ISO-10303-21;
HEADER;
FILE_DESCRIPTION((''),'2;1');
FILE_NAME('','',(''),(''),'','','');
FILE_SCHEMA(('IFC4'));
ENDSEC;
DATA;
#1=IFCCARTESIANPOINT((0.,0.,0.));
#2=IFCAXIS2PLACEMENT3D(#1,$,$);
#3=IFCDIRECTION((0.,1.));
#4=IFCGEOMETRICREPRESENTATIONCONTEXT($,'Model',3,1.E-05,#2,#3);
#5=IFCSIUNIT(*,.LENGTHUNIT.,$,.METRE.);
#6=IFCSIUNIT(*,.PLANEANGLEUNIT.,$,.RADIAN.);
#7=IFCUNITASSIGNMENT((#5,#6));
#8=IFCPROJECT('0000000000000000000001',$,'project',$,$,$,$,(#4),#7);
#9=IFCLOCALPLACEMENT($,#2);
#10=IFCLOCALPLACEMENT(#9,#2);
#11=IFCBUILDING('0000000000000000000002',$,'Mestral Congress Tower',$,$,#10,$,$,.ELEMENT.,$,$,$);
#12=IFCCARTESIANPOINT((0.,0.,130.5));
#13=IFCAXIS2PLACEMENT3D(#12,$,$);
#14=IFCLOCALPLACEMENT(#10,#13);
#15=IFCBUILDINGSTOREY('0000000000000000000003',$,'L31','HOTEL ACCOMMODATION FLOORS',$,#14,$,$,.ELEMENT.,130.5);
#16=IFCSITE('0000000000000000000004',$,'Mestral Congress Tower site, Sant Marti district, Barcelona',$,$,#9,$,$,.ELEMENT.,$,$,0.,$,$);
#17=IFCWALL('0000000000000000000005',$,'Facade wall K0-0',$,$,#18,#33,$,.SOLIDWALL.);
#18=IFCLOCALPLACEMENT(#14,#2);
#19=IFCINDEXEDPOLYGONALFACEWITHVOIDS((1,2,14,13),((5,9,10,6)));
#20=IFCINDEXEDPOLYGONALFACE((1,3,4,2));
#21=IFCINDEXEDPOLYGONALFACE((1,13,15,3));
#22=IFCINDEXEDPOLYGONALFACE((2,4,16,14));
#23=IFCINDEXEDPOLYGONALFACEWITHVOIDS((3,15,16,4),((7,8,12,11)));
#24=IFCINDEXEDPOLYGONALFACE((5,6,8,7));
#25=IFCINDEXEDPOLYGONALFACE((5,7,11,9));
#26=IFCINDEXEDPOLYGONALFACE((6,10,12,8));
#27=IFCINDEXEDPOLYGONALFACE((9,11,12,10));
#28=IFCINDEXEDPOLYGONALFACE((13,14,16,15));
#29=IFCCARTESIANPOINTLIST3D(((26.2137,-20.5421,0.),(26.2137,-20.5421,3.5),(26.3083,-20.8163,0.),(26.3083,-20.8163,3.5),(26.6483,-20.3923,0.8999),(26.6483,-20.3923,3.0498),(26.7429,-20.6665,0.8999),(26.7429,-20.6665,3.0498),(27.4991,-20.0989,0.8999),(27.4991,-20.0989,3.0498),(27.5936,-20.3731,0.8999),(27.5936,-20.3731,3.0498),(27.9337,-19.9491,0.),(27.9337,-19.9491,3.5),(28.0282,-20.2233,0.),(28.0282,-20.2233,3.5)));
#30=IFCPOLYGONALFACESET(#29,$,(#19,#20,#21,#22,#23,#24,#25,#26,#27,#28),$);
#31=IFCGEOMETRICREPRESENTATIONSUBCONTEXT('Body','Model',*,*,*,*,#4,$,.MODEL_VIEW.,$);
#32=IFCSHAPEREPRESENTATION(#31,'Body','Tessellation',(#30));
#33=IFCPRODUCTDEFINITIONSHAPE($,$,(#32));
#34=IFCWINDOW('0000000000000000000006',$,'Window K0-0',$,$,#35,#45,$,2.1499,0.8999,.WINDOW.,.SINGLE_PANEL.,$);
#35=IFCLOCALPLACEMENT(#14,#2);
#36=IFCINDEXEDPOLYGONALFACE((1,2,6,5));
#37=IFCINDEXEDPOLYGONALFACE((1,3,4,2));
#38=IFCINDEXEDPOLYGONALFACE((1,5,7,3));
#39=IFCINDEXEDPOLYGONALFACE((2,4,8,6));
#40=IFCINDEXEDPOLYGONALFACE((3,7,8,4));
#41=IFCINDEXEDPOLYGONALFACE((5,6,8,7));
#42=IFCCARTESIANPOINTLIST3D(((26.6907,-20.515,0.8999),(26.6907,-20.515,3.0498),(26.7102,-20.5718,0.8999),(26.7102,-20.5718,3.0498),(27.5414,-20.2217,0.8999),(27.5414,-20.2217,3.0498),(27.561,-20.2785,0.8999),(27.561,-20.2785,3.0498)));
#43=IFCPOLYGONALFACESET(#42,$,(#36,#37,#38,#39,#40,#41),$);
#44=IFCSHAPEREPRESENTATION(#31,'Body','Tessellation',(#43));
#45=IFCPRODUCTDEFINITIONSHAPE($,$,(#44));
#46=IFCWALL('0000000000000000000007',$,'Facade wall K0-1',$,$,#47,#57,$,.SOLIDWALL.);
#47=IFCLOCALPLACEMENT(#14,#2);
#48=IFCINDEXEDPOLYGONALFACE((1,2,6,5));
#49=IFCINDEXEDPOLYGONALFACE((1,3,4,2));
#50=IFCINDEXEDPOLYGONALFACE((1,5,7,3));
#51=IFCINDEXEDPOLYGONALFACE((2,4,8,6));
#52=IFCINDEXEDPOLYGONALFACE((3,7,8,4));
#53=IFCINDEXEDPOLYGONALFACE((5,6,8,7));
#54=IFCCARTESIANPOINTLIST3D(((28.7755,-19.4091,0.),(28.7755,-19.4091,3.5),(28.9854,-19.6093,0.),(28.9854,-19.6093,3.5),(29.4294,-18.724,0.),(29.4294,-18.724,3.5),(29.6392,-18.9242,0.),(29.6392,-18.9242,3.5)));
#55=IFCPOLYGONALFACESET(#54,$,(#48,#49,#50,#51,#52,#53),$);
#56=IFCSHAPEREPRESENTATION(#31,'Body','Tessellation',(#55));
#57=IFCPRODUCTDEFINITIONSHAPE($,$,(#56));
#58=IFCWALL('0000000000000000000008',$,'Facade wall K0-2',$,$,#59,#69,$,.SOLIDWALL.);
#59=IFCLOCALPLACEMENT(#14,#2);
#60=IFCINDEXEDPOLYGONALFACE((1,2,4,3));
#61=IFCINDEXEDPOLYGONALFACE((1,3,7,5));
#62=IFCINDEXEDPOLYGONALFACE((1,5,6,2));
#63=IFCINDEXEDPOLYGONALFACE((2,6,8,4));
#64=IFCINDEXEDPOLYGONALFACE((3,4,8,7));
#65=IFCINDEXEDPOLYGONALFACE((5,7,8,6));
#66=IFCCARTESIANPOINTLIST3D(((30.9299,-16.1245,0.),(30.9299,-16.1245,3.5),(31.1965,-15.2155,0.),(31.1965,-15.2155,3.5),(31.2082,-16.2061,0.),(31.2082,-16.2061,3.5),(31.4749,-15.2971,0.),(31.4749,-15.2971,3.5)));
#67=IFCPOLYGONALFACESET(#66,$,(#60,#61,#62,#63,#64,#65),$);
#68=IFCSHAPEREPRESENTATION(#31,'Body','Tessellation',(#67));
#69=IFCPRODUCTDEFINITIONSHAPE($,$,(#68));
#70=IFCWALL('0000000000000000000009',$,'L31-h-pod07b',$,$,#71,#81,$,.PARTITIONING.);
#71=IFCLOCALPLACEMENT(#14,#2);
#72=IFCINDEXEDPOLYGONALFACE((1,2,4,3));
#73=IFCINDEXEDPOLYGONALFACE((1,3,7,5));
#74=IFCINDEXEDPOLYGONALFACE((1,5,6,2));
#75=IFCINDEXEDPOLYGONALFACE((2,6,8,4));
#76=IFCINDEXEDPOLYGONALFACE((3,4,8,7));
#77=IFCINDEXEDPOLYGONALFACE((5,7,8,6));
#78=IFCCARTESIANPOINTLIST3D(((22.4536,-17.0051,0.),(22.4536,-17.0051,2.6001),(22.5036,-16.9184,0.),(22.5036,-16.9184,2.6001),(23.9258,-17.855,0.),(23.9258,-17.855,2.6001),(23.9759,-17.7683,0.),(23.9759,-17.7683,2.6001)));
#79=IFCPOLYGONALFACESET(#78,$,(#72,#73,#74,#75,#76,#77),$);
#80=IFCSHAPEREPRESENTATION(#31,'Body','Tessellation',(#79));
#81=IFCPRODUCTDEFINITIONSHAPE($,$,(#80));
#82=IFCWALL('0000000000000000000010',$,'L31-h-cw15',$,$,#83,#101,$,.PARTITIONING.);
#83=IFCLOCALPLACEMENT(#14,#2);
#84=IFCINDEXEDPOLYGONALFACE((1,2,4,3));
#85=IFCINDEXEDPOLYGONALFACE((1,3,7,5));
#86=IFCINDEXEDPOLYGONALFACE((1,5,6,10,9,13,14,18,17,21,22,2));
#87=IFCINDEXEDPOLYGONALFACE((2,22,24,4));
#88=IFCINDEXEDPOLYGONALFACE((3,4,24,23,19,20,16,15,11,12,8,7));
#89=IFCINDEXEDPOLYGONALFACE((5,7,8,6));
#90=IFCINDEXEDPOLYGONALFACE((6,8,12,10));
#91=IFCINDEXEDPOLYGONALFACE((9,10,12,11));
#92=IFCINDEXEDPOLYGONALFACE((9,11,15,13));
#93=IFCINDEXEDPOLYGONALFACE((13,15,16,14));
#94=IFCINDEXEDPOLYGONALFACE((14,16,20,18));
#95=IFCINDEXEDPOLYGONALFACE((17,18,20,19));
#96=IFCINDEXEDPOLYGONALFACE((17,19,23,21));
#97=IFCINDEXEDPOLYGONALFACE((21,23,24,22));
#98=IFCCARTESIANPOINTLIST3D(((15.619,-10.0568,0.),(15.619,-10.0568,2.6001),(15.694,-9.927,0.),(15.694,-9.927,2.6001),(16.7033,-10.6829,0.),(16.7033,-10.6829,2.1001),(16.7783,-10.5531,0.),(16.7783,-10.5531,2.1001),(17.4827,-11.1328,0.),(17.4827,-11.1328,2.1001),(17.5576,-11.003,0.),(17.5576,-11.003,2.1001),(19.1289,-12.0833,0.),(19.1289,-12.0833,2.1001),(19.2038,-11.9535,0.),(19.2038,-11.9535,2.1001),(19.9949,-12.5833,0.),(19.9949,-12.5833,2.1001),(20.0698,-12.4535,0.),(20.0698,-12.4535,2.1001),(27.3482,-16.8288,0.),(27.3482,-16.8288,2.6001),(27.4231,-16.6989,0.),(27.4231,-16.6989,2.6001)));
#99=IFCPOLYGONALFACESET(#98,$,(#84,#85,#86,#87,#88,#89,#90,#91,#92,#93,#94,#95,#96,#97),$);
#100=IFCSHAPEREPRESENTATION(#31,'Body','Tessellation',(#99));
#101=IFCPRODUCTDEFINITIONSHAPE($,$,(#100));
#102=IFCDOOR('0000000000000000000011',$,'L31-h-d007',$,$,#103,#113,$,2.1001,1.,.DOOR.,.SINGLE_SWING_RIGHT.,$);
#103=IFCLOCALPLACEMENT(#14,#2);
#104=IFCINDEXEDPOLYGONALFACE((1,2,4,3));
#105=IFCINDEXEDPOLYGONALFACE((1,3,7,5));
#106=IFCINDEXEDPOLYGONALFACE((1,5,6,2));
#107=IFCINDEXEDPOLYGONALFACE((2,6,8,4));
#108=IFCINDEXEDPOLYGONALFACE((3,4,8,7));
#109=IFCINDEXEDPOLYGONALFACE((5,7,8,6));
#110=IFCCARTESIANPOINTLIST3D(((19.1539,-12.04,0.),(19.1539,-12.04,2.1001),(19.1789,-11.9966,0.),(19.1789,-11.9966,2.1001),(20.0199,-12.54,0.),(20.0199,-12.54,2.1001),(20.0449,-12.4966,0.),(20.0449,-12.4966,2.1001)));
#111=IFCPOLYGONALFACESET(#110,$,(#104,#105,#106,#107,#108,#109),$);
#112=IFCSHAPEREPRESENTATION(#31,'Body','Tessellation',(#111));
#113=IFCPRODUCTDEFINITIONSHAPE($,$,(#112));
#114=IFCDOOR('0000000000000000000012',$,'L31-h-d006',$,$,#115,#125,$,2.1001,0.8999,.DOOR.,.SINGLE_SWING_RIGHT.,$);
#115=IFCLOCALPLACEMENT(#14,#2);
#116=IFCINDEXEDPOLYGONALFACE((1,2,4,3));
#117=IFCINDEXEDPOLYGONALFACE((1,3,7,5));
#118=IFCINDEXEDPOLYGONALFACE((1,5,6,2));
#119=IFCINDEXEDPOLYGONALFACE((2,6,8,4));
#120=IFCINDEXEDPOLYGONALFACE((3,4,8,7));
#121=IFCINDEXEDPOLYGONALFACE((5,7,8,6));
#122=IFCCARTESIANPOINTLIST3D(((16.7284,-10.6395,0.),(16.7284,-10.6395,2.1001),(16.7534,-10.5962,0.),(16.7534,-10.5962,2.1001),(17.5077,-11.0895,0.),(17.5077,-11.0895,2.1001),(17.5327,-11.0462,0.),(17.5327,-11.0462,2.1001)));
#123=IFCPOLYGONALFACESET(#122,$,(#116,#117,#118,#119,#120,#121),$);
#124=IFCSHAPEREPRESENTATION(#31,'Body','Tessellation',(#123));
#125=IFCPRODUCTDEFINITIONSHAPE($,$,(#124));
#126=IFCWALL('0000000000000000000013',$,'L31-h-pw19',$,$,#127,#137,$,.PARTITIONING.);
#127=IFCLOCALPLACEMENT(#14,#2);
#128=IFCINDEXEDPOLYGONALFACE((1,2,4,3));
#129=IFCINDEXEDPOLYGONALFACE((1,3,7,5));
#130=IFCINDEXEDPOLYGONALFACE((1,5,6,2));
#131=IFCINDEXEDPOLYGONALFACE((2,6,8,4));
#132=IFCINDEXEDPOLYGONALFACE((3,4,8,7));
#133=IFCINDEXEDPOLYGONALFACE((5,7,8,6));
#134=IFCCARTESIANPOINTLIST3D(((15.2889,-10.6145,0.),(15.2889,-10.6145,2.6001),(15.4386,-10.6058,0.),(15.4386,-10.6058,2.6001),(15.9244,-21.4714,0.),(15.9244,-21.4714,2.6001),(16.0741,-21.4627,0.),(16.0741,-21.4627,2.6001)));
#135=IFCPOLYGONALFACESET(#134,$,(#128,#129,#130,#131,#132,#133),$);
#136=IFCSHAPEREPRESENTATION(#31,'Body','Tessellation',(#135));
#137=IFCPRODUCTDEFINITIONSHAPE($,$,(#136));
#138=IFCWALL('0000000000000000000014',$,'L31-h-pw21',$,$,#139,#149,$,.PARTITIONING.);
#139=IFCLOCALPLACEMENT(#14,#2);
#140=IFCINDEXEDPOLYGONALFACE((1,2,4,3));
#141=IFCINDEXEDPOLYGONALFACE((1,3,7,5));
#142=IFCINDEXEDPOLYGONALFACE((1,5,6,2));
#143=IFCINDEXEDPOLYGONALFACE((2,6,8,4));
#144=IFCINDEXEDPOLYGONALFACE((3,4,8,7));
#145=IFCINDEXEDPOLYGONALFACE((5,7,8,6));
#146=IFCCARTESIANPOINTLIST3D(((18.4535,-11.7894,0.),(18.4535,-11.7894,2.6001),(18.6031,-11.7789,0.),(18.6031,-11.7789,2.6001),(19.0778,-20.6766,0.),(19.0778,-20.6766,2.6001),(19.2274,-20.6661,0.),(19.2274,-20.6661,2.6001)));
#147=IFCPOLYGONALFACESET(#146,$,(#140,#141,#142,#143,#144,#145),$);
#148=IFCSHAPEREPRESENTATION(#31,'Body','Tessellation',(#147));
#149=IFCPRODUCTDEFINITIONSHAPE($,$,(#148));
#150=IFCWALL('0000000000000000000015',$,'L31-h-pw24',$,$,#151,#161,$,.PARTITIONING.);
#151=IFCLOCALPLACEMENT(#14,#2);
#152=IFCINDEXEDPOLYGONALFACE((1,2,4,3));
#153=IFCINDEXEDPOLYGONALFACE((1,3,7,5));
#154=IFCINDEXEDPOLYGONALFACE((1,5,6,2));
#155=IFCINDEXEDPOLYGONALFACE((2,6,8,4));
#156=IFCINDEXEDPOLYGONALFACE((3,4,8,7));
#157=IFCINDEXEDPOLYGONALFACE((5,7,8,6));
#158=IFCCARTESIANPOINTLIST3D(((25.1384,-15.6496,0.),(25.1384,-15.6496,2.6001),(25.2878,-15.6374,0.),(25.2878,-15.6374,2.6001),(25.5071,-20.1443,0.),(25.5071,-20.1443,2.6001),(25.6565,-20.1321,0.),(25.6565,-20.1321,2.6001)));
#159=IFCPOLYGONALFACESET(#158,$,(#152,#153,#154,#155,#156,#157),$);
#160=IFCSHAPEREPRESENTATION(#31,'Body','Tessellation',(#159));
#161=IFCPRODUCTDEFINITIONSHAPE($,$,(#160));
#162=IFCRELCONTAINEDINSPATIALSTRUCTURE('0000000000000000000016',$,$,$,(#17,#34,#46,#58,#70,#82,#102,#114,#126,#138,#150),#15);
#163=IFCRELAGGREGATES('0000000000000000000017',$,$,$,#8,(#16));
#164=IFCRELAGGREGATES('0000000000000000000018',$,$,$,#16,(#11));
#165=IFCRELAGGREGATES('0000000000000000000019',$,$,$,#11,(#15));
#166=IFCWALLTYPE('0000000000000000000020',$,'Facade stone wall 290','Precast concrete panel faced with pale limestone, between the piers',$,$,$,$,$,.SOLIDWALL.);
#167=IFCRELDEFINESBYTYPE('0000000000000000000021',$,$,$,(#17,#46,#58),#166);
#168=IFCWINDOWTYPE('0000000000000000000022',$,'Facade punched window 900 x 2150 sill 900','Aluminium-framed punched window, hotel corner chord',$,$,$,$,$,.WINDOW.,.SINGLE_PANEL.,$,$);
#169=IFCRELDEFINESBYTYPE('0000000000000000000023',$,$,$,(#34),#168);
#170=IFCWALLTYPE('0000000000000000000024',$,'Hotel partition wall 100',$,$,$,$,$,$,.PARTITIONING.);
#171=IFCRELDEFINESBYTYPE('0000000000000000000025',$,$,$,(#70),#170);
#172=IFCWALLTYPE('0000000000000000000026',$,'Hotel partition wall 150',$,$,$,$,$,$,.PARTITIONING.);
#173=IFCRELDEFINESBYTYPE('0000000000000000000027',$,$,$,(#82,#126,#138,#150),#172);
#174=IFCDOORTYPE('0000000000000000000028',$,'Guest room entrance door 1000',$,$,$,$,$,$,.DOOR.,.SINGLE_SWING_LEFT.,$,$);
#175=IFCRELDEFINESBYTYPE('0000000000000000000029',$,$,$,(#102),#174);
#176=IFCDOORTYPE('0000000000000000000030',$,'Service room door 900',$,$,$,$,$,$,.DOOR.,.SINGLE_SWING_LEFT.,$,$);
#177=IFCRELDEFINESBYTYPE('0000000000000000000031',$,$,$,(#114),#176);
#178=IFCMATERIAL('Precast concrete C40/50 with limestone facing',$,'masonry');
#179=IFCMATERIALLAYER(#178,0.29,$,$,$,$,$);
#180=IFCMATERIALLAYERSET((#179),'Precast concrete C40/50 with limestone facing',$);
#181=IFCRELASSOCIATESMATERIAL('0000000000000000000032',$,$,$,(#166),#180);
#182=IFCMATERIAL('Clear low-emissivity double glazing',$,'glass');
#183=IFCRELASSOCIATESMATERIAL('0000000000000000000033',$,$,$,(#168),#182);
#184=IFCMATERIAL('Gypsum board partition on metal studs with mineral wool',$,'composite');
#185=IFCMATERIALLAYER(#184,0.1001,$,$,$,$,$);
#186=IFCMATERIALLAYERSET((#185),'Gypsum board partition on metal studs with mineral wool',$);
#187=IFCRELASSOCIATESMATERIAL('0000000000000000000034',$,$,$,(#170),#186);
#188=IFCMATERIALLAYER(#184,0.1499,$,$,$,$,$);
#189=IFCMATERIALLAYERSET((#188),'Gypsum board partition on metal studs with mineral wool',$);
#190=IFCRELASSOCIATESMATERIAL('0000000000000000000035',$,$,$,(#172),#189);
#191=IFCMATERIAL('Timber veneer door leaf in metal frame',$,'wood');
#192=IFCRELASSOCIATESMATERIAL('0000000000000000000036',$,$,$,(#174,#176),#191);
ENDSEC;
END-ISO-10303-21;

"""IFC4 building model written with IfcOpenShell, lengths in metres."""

from ifc_helpers import new_model, si_unit, direction, frame, frame_2d, origin, place, context, subcontext, project, spatial, rectangle, extrude, material, layer, layer_set, type_object, element, fill, save


model = new_model("IFC4")

# Units and contexts
model_context = context("Model", 3, precision=1e-05, world=origin(), true_north=direction((0.0, 1.0)))
body_context = subcontext(model_context, "Body", "Model", "MODEL_VIEW")
ifc_project = project(units=[si_unit("LENGTHUNIT", "METRE"), si_unit("PLANEANGLEUNIT", "RADIAN")], contexts=[model_context])

# Site, building, storey
site_placement = place(None, origin())
site = spatial("IfcSite", under=ifc_project, at=site_placement, Name="Mestral Congress Tower site, Sant Marti district, Barcelona", CompositionType="ELEMENT", RefElevation=0.0)
building_placement = place(site_placement, origin())
building = spatial("IfcBuilding", under=site, at=building_placement, Name="Mestral Congress Tower", CompositionType="ELEMENT")
storey_placement = place(building_placement, frame((0.0, 0.0, 130.5)))
storey = spatial("IfcBuildingStorey", under=building, at=storey_placement, Name="L31", Description="HOTEL ACCOMMODATION FLOORS", CompositionType="ELEMENT", Elevation=130.5)

# Shared definitions
ifc_material_1 = material(Name="Precast concrete C40/50 with limestone facing", Category="masonry")
ifc_layer_1 = layer(ifc_material_1, 0.29)
ifc_layer_set_1 = layer_set([ifc_layer_1], Name="Precast concrete C40/50 with limestone facing")
wall_type_1 = type_object("IfcWallType", Name="Facade stone wall 290", Description="Precast concrete panel faced with pale limestone, between the piers", PredefinedType="SOLIDWALL", material=ifc_layer_set_1)
ifc_material_2 = material(Name="Clear low-emissivity double glazing", Category="glass")

# Wall, opening, window
wall_1_placement = place(storey_placement, frame((26.261, -20.6792, 0.0), z_axis=(0.0, 0.0, 1.0), x_axis=(0.945386, 0.325953, 0.0)))
wall_1 = element("IfcWall", 1, at=wall_1_placement, inside=storey, type_object=wall_type_1, Name="Facade wall K0-0", PredefinedType="SOLIDWALL", context=body_context, shape_type="SweptSolid", body=[
    extrude(rectangle(XDim=1.8193, YDim=0.29, at=frame_2d((0.9097, 0.0))), origin(), (0.0, 0.0, 1.0), 3.5),
])
opening_1_placement = place(wall_1_placement, frame((0.4597, 0.0, 0.8999)))
opening_1 = element("IfcOpeningElement", 2, at=opening_1_placement, cuts=wall_1, PredefinedType="OPENING", context=body_context, shape_type="SweptSolid", body=[
    extrude(rectangle(XDim=0.8999, YDim=2.1499, at=frame_2d((0.45, 1.075))), frame((0.0, 0.155, 0.0), z_axis=(0.0, -1.0, 0.0), x_axis=(1.0, 0.0, 0.0)), (0.0, 0.0, 1.0), 0.3101),
])
window_type_1 = type_object("IfcWindowType", Name="Facade punched window 900 x 2150 sill 900", Description="Aluminium-framed punched window, hotel corner chord", PartitioningType="SINGLE_PANEL", PredefinedType="WINDOW", material=ifc_material_2)
window_1_placement = place(opening_1_placement, origin())
window_1 = element("IfcWindow", 3, at=window_1_placement, inside=storey, type_object=window_type_1, Name="Window K0-0", OverallHeight=2.1499, OverallWidth=0.8999, PartitioningType="SINGLE_PANEL", PredefinedType="WINDOW", context=body_context, shape_type="SweptSolid", body=[
    extrude(rectangle(XDim=0.8999, YDim=2.1499, at=frame_2d((0.45, 1.075))), frame((0.0, 0.0151, 0.0), z_axis=(0.0, -1.0, 0.0), x_axis=(1.0, 0.0, 0.0)), (0.0, 0.0, 1.0), 0.0601),
])
fill(opening_1, window_1)

# Walls
wall_2_placement = place(storey_placement, frame((28.8804, -19.5093, 0.0), z_axis=(0.0, 0.0, 1.0), x_axis=(0.690414, 0.723414, 0.0)))
element("IfcWall", 4, at=wall_2_placement, inside=storey, type_object=wall_type_1, Name="Facade wall K0-1", PredefinedType="SOLIDWALL", context=body_context, shape_type="SweptSolid", body=[
    extrude(rectangle(XDim=0.947, YDim=0.29, at=frame_2d((0.4736, 0.0))), origin(), (0.0, 0.0, 1.0), 3.5),
])
wall_3_placement = place(storey_placement, frame((31.0691, -16.1653, 0.0), z_axis=(0.0, 0.0, 1.0), x_axis=(0.281455, 0.959575, 0.0)))
element("IfcWall", 5, at=wall_3_placement, inside=storey, type_object=wall_type_1, Name="Facade wall K0-2", PredefinedType="SOLIDWALL", context=body_context, shape_type="SweptSolid", body=[
    extrude(rectangle(XDim=0.9473, YDim=0.29, at=frame_2d((0.4736, 0.0))), origin(), (0.0, 0.0, 1.0), 3.5),
])
ifc_material_3 = material(Name="Gypsum board partition on metal studs with mineral wool", Category="composite")
ifc_layer_2 = layer(ifc_material_3, 0.1001)
ifc_layer_set_2 = layer_set([ifc_layer_2], Name="Gypsum board partition on metal studs with mineral wool")
wall_type_2 = type_object("IfcWallType", Name="Hotel partition wall 100", PredefinedType="PARTITIONING", material=ifc_layer_set_2)
wall_4_placement = place(storey_placement, frame((22.4785, -16.9617, 0.0), z_axis=(0.0, 0.0, 1.0), x_axis=(0.866052, -0.499955, 0.0)))
element("IfcWall", 6, at=wall_4_placement, inside=storey, type_object=wall_type_2, Name="L31-h-pod07b", PredefinedType="PARTITIONING", context=body_context, shape_type="SweptSolid", body=[
    extrude(rectangle(XDim=1.7, YDim=0.1001, at=frame_2d((0.8501, 0.0))), origin(), (0.0, 0.0, 1.0), 2.6001),
])

# Wall, openings, doors
ifc_layer_3 = layer(ifc_material_3, 0.1499)
ifc_layer_set_3 = layer_set([ifc_layer_3], Name="Gypsum board partition on metal studs with mineral wool")
wall_type_3 = type_object("IfcWallType", Name="Hotel partition wall 150", PredefinedType="PARTITIONING", material=ifc_layer_set_3)
wall_5_placement = place(storey_placement, frame((27.3857, -16.7639, 0.0), z_axis=(0.0, 0.0, 1.0), x_axis=(-0.866023, 0.500005, 0.0)))
wall_5 = element("IfcWall", 7, at=wall_5_placement, inside=storey, type_object=wall_type_3, Name="L31-h-cw15", PredefinedType="PARTITIONING", context=body_context, shape_type="SweptSolid", body=[
    extrude(rectangle(XDim=13.5437, YDim=0.1499, at=frame_2d((6.772, 0.0))), origin(), (0.0, 0.0, 1.0), 2.6001),
])
opening_2_placement = place(wall_5_placement, frame((11.3918, 0.0, 0.0)))
opening_2 = element("IfcOpeningElement", 8, at=opening_2_placement, cuts=wall_5, PredefinedType="OPENING", context=body_context, shape_type="SweptSolid", body=[
    extrude(rectangle(XDim=0.8999, YDim=2.1001, at=frame_2d((0.45, 1.05))), frame((0.0, 0.085, 0.0), z_axis=(0.0, -1.0, 0.0), x_axis=(1.0, 0.0, 0.0)), (0.0, 0.0, 1.0), 0.1699),
])
opening_3_placement = place(wall_5_placement, frame((8.491, 0.0, 0.0)))
opening_3 = element("IfcOpeningElement", 9, at=opening_3_placement, cuts=wall_5, PredefinedType="OPENING", context=body_context, shape_type="SweptSolid", body=[
    extrude(rectangle(XDim=1.0, YDim=2.1001, at=frame_2d((0.5, 1.05))), frame((0.0, 0.085, 0.0), z_axis=(0.0, -1.0, 0.0), x_axis=(1.0, 0.0, 0.0)), (0.0, 0.0, 1.0), 0.1699),
])
ifc_material_4 = material(Name="Timber veneer door leaf in metal frame", Category="wood")
door_type_1 = type_object("IfcDoorType", Name="Guest room entrance door 1000", OperationType="SINGLE_SWING_LEFT", PredefinedType="DOOR", material=ifc_material_4)
door_1_placement = place(opening_3_placement, origin())
door_1 = element("IfcDoor", 10, at=door_1_placement, inside=storey, type_object=door_type_1, Name="L31-h-d007", OperationType="SINGLE_SWING_RIGHT", OverallHeight=2.1001, OverallWidth=1.0, PredefinedType="DOOR", context=body_context, shape_type="SweptSolid", body=[
    extrude(rectangle(XDim=1.0, YDim=2.1001, at=frame_2d((0.5, 1.05))), frame((0.0, 0.0249, 0.0), z_axis=(0.0, -1.0, 0.0), x_axis=(1.0, 0.0, 0.0)), (0.0, 0.0, 1.0), 0.05),
])
fill(opening_3, door_1)
door_type_2 = type_object("IfcDoorType", Name="Service room door 900", OperationType="SINGLE_SWING_LEFT", PredefinedType="DOOR", material=ifc_material_4)
door_2_placement = place(opening_2_placement, origin())
door_2 = element("IfcDoor", 11, at=door_2_placement, inside=storey, type_object=door_type_2, Name="L31-h-d006", OperationType="SINGLE_SWING_RIGHT", OverallHeight=2.1001, OverallWidth=0.8999, PredefinedType="DOOR", context=body_context, shape_type="SweptSolid", body=[
    extrude(rectangle(XDim=0.8999, YDim=2.1001, at=frame_2d((0.45, 1.05))), frame((0.0, 0.0249, 0.0), z_axis=(0.0, -1.0, 0.0), x_axis=(1.0, 0.0, 0.0)), (0.0, 0.0, 1.0), 0.05),
])
fill(opening_2, door_2)

# Walls
wall_6_placement = place(storey_placement, frame((15.9993, -21.467, 0.0), z_axis=(0.0, 0.0, 1.0), x_axis=(-0.058434, 0.998291, 0.0)))
element("IfcWall", 12, at=wall_6_placement, inside=storey, type_object=wall_type_3, Name="L31-h-pw19", PredefinedType="PARTITIONING", context=body_context, shape_type="SweptSolid", body=[
    extrude(rectangle(XDim=10.8755, YDim=0.1499, at=frame_2d((5.4377, 0.0))), origin(), (0.0, 0.0, 1.0), 2.6001),
])
wall_7_placement = place(storey_placement, frame((19.1526, -20.6714, 0.0), z_axis=(0.0, 0.0, 1.0), x_axis=(-0.070071, 0.997542, 0.0)))
element("IfcWall", 13, at=wall_7_placement, inside=storey, type_object=wall_type_3, Name="L31-h-pw21", PredefinedType="PARTITIONING", context=body_context, shape_type="SweptSolid", body=[
    extrude(rectangle(XDim=8.9092, YDim=0.1499, at=frame_2d((4.4546, 0.0))), origin(), (0.0, 0.0, 1.0), 2.6001),
])
wall_8_placement = place(storey_placement, frame((25.5818, -20.1382, 0.0), z_axis=(0.0, 0.0, 1.0), x_axis=(-0.081746, 0.996653, 0.0)))
element("IfcWall", 14, at=wall_8_placement, inside=storey, type_object=wall_type_3, Name="L31-h-pw24", PredefinedType="PARTITIONING", context=body_context, shape_type="SweptSolid", body=[
    extrude(rectangle(XDim=4.5098, YDim=0.1499, at=frame_2d((2.2549, 0.0))), origin(), (0.0, 0.0, 1.0), 2.6001),
])

save(model, "model.ifc")
